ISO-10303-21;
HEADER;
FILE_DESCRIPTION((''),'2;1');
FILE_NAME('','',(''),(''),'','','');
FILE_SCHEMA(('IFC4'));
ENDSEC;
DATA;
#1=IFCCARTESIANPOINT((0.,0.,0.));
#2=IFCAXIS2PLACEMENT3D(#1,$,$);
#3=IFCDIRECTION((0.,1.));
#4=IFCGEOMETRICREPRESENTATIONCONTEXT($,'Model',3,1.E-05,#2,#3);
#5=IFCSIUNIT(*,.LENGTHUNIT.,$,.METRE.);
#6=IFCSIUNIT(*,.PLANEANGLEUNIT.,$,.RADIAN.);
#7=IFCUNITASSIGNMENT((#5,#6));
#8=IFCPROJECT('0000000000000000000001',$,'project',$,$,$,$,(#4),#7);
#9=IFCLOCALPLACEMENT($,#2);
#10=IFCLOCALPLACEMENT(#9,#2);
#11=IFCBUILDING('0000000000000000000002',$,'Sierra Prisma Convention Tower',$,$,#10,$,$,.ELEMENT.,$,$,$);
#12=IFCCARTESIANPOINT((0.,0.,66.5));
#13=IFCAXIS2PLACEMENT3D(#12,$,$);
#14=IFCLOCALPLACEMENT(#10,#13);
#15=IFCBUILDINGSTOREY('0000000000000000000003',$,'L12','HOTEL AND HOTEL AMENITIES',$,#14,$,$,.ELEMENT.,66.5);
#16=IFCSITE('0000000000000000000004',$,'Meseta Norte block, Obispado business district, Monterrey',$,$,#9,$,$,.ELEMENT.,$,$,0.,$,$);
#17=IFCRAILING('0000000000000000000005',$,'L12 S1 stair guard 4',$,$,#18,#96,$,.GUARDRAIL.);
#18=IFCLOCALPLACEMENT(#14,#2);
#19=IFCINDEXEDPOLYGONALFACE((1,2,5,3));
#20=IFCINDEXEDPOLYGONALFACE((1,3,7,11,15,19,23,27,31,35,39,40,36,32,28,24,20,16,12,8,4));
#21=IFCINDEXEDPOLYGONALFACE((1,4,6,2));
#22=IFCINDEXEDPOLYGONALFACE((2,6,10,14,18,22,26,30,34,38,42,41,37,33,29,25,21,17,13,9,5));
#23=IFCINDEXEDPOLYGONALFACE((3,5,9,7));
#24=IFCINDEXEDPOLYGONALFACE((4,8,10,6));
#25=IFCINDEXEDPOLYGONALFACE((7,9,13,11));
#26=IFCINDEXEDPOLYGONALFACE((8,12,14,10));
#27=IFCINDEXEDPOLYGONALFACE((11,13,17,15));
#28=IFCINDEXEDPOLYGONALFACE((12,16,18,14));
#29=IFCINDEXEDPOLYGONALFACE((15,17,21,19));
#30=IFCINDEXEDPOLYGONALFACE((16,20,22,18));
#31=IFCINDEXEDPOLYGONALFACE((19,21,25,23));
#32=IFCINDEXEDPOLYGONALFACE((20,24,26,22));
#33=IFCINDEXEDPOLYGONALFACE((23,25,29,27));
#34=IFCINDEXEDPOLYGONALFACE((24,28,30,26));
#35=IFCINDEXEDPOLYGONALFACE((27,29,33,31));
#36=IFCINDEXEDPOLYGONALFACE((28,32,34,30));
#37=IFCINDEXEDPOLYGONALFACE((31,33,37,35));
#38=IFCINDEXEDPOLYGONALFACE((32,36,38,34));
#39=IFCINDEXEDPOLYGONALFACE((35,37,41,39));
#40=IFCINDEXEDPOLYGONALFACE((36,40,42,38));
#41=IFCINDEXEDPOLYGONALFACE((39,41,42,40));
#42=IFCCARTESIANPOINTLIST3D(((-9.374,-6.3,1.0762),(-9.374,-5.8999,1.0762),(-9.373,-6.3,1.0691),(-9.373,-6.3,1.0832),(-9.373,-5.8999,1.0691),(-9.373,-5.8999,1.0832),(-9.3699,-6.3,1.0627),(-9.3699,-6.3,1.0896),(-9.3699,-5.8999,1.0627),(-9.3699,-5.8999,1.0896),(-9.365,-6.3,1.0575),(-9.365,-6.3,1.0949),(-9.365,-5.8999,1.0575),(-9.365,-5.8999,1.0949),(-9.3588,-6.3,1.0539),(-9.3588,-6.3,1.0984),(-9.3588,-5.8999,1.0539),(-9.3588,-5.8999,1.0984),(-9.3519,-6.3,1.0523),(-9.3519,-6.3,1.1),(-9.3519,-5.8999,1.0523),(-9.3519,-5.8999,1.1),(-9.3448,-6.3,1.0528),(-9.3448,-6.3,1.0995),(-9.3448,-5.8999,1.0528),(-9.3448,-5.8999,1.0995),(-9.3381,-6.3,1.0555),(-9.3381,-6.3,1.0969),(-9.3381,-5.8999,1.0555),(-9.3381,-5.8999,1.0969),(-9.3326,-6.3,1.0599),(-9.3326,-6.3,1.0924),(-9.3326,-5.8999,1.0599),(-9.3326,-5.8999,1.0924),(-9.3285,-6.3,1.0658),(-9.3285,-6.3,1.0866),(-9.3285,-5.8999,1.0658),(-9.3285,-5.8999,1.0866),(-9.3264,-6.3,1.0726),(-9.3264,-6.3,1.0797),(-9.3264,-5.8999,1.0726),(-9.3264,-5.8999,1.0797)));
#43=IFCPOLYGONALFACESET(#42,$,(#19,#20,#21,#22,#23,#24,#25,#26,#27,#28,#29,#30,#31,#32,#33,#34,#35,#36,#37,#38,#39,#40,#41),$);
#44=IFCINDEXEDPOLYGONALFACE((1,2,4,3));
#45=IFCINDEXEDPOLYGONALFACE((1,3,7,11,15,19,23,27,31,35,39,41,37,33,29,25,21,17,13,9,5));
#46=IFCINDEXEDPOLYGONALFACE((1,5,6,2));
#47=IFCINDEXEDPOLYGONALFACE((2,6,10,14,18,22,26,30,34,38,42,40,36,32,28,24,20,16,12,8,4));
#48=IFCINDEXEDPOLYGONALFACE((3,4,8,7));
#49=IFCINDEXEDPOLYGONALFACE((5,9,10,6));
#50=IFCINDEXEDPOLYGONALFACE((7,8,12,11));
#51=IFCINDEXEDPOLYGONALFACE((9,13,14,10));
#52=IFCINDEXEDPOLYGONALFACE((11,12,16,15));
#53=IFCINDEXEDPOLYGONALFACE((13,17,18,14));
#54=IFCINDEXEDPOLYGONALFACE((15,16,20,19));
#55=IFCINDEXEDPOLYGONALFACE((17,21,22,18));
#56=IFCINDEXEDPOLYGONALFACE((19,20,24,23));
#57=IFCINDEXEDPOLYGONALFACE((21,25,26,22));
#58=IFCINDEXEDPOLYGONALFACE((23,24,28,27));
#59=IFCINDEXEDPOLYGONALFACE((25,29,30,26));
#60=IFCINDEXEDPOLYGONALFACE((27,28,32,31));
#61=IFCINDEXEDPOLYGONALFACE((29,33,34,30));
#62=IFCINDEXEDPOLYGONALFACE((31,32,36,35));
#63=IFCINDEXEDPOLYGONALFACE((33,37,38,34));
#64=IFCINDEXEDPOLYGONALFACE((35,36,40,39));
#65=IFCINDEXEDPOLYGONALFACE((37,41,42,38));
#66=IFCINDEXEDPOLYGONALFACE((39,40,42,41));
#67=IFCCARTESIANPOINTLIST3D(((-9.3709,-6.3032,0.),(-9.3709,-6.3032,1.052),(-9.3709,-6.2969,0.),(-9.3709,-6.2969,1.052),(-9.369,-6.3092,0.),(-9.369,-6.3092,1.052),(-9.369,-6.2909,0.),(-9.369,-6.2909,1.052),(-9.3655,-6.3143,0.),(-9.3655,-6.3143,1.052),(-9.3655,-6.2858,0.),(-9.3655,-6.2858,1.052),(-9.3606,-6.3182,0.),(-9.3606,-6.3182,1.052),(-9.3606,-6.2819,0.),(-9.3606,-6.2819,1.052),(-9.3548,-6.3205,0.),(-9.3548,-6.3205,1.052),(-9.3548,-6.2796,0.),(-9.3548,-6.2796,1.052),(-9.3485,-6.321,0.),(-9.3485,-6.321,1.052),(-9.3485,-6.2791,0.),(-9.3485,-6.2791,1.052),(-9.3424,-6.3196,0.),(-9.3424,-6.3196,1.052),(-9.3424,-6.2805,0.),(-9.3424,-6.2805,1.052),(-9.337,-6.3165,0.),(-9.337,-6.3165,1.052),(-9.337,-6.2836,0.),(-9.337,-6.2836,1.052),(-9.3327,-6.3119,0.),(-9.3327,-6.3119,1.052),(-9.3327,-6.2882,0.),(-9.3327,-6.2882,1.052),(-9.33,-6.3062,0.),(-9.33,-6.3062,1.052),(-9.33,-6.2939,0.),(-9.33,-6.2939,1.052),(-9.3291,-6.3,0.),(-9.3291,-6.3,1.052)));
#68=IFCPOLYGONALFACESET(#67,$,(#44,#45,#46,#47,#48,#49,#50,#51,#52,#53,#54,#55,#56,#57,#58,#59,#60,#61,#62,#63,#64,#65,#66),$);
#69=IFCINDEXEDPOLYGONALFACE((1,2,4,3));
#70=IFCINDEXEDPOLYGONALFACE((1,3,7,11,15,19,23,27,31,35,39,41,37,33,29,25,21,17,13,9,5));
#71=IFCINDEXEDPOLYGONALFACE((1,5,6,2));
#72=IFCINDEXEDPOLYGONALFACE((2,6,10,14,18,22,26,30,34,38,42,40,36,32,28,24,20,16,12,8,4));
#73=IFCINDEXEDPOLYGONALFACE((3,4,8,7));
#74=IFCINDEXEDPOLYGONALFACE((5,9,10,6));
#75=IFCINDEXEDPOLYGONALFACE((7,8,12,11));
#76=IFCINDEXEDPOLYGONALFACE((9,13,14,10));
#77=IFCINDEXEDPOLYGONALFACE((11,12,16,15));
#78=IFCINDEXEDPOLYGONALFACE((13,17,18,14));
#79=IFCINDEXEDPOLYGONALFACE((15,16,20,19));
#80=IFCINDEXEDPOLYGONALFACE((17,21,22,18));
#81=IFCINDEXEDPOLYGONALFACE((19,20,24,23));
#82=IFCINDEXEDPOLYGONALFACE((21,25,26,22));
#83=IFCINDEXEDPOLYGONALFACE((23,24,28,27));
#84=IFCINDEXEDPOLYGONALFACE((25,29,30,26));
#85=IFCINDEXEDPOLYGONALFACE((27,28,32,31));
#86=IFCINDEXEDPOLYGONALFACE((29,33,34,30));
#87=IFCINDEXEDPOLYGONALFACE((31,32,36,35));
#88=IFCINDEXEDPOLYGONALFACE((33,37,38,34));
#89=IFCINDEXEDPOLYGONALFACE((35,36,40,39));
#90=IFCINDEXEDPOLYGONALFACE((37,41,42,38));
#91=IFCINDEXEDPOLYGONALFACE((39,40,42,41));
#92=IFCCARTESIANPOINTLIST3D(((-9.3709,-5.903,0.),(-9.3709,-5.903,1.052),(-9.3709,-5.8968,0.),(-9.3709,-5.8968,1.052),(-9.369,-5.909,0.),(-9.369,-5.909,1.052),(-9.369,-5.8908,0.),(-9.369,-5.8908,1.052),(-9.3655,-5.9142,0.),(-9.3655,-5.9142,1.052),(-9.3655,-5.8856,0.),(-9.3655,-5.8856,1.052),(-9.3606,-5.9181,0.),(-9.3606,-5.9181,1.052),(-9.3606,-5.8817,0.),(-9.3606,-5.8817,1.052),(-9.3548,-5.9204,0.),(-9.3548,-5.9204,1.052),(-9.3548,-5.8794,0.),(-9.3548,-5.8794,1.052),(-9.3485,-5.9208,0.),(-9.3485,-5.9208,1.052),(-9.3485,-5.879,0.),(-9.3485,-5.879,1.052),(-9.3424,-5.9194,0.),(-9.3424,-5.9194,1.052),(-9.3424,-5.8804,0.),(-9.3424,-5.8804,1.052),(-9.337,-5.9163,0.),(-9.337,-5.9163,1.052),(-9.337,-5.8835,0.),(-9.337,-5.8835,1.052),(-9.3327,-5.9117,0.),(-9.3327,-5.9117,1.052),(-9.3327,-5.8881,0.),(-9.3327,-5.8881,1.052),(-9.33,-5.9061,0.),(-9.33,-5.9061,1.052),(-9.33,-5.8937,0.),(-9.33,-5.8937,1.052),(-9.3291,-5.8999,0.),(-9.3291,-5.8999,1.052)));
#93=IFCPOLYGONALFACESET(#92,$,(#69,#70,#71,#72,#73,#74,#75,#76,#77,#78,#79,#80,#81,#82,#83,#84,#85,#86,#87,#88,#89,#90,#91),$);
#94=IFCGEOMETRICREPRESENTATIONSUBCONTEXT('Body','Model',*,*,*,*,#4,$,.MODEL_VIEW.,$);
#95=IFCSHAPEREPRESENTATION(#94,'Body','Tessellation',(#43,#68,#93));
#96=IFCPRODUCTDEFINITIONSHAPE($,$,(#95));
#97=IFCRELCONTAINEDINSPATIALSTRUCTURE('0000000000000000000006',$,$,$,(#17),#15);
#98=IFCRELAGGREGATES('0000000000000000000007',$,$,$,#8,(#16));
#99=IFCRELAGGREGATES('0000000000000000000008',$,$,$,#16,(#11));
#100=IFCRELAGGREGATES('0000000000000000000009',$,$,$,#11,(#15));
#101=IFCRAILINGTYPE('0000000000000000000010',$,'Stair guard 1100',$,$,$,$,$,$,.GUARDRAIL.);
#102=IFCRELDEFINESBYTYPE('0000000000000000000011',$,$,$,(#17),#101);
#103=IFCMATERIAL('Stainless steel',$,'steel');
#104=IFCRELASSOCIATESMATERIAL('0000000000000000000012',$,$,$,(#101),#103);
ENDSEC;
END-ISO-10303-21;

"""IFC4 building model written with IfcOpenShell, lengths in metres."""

from ifc_helpers import new_model, si_unit, direction, frame, origin, origin_2d, place, context, subcontext, project, spatial, circle, extrude, material, type_object, element, save


model = new_model("IFC4")

# Units and contexts
model_context = context("Model", 3, precision=1e-05, world=origin(), true_north=direction((0.0, 1.0)))
body_context = subcontext(model_context, "Body", "Model", "MODEL_VIEW")
ifc_project = project(units=[si_unit("LENGTHUNIT", "METRE"), si_unit("PLANEANGLEUNIT", "RADIAN")], contexts=[model_context])

# Site, building, storey
site_placement = place(None, origin())
site = spatial("IfcSite", under=ifc_project, at=site_placement, Name="Meseta Norte block, Obispado business district, Monterrey", CompositionType="ELEMENT", RefElevation=0.0)
building_placement = place(site_placement, origin())
building = spatial("IfcBuilding", under=site, at=building_placement, Name="Sierra Prisma Convention Tower", CompositionType="ELEMENT")
storey_placement = place(building_placement, frame((0.0, 0.0, 66.5)))
storey = spatial("IfcBuildingStorey", under=building, at=storey_placement, Name="L12", Description="HOTEL AND HOTEL AMENITIES", CompositionType="ELEMENT", Elevation=66.5)

# Railing
ifc_material_1 = material(Name="Stainless steel", Category="steel")
railing_type_1 = type_object("IfcRailingType", Name="Stair guard 1100", PredefinedType="GUARDRAIL", material=ifc_material_1)
railing_1_placement = place(storey_placement, frame((-9.3501, -6.3, 0.0)))
element("IfcRailing", 1, at=railing_1_placement, inside=storey, type_object=railing_type_1, Name="L12 S1 stair guard 4", PredefinedType="GUARDRAIL", context=body_context, shape_type="SweptSolid", body=[
    extrude(circle(Radius=0.0239, at=origin_2d()), frame((0.0, 0.0, 1.0762), z_axis=(0.0, 1.0, 0.0), x_axis=(-1.0, 0.0, 0.0)), (0.0, 0.0, 1.0), 0.4001),
    extrude(circle(Radius=0.021, at=origin_2d()), origin(), (0.0, 0.0, 1.0), 1.052),
    extrude(circle(Radius=0.021, at=origin_2d()), frame((0.0, 0.4001, 0.0)), (0.0, 0.0, 1.0), 1.052),
])

save(model, "model.ifc")
